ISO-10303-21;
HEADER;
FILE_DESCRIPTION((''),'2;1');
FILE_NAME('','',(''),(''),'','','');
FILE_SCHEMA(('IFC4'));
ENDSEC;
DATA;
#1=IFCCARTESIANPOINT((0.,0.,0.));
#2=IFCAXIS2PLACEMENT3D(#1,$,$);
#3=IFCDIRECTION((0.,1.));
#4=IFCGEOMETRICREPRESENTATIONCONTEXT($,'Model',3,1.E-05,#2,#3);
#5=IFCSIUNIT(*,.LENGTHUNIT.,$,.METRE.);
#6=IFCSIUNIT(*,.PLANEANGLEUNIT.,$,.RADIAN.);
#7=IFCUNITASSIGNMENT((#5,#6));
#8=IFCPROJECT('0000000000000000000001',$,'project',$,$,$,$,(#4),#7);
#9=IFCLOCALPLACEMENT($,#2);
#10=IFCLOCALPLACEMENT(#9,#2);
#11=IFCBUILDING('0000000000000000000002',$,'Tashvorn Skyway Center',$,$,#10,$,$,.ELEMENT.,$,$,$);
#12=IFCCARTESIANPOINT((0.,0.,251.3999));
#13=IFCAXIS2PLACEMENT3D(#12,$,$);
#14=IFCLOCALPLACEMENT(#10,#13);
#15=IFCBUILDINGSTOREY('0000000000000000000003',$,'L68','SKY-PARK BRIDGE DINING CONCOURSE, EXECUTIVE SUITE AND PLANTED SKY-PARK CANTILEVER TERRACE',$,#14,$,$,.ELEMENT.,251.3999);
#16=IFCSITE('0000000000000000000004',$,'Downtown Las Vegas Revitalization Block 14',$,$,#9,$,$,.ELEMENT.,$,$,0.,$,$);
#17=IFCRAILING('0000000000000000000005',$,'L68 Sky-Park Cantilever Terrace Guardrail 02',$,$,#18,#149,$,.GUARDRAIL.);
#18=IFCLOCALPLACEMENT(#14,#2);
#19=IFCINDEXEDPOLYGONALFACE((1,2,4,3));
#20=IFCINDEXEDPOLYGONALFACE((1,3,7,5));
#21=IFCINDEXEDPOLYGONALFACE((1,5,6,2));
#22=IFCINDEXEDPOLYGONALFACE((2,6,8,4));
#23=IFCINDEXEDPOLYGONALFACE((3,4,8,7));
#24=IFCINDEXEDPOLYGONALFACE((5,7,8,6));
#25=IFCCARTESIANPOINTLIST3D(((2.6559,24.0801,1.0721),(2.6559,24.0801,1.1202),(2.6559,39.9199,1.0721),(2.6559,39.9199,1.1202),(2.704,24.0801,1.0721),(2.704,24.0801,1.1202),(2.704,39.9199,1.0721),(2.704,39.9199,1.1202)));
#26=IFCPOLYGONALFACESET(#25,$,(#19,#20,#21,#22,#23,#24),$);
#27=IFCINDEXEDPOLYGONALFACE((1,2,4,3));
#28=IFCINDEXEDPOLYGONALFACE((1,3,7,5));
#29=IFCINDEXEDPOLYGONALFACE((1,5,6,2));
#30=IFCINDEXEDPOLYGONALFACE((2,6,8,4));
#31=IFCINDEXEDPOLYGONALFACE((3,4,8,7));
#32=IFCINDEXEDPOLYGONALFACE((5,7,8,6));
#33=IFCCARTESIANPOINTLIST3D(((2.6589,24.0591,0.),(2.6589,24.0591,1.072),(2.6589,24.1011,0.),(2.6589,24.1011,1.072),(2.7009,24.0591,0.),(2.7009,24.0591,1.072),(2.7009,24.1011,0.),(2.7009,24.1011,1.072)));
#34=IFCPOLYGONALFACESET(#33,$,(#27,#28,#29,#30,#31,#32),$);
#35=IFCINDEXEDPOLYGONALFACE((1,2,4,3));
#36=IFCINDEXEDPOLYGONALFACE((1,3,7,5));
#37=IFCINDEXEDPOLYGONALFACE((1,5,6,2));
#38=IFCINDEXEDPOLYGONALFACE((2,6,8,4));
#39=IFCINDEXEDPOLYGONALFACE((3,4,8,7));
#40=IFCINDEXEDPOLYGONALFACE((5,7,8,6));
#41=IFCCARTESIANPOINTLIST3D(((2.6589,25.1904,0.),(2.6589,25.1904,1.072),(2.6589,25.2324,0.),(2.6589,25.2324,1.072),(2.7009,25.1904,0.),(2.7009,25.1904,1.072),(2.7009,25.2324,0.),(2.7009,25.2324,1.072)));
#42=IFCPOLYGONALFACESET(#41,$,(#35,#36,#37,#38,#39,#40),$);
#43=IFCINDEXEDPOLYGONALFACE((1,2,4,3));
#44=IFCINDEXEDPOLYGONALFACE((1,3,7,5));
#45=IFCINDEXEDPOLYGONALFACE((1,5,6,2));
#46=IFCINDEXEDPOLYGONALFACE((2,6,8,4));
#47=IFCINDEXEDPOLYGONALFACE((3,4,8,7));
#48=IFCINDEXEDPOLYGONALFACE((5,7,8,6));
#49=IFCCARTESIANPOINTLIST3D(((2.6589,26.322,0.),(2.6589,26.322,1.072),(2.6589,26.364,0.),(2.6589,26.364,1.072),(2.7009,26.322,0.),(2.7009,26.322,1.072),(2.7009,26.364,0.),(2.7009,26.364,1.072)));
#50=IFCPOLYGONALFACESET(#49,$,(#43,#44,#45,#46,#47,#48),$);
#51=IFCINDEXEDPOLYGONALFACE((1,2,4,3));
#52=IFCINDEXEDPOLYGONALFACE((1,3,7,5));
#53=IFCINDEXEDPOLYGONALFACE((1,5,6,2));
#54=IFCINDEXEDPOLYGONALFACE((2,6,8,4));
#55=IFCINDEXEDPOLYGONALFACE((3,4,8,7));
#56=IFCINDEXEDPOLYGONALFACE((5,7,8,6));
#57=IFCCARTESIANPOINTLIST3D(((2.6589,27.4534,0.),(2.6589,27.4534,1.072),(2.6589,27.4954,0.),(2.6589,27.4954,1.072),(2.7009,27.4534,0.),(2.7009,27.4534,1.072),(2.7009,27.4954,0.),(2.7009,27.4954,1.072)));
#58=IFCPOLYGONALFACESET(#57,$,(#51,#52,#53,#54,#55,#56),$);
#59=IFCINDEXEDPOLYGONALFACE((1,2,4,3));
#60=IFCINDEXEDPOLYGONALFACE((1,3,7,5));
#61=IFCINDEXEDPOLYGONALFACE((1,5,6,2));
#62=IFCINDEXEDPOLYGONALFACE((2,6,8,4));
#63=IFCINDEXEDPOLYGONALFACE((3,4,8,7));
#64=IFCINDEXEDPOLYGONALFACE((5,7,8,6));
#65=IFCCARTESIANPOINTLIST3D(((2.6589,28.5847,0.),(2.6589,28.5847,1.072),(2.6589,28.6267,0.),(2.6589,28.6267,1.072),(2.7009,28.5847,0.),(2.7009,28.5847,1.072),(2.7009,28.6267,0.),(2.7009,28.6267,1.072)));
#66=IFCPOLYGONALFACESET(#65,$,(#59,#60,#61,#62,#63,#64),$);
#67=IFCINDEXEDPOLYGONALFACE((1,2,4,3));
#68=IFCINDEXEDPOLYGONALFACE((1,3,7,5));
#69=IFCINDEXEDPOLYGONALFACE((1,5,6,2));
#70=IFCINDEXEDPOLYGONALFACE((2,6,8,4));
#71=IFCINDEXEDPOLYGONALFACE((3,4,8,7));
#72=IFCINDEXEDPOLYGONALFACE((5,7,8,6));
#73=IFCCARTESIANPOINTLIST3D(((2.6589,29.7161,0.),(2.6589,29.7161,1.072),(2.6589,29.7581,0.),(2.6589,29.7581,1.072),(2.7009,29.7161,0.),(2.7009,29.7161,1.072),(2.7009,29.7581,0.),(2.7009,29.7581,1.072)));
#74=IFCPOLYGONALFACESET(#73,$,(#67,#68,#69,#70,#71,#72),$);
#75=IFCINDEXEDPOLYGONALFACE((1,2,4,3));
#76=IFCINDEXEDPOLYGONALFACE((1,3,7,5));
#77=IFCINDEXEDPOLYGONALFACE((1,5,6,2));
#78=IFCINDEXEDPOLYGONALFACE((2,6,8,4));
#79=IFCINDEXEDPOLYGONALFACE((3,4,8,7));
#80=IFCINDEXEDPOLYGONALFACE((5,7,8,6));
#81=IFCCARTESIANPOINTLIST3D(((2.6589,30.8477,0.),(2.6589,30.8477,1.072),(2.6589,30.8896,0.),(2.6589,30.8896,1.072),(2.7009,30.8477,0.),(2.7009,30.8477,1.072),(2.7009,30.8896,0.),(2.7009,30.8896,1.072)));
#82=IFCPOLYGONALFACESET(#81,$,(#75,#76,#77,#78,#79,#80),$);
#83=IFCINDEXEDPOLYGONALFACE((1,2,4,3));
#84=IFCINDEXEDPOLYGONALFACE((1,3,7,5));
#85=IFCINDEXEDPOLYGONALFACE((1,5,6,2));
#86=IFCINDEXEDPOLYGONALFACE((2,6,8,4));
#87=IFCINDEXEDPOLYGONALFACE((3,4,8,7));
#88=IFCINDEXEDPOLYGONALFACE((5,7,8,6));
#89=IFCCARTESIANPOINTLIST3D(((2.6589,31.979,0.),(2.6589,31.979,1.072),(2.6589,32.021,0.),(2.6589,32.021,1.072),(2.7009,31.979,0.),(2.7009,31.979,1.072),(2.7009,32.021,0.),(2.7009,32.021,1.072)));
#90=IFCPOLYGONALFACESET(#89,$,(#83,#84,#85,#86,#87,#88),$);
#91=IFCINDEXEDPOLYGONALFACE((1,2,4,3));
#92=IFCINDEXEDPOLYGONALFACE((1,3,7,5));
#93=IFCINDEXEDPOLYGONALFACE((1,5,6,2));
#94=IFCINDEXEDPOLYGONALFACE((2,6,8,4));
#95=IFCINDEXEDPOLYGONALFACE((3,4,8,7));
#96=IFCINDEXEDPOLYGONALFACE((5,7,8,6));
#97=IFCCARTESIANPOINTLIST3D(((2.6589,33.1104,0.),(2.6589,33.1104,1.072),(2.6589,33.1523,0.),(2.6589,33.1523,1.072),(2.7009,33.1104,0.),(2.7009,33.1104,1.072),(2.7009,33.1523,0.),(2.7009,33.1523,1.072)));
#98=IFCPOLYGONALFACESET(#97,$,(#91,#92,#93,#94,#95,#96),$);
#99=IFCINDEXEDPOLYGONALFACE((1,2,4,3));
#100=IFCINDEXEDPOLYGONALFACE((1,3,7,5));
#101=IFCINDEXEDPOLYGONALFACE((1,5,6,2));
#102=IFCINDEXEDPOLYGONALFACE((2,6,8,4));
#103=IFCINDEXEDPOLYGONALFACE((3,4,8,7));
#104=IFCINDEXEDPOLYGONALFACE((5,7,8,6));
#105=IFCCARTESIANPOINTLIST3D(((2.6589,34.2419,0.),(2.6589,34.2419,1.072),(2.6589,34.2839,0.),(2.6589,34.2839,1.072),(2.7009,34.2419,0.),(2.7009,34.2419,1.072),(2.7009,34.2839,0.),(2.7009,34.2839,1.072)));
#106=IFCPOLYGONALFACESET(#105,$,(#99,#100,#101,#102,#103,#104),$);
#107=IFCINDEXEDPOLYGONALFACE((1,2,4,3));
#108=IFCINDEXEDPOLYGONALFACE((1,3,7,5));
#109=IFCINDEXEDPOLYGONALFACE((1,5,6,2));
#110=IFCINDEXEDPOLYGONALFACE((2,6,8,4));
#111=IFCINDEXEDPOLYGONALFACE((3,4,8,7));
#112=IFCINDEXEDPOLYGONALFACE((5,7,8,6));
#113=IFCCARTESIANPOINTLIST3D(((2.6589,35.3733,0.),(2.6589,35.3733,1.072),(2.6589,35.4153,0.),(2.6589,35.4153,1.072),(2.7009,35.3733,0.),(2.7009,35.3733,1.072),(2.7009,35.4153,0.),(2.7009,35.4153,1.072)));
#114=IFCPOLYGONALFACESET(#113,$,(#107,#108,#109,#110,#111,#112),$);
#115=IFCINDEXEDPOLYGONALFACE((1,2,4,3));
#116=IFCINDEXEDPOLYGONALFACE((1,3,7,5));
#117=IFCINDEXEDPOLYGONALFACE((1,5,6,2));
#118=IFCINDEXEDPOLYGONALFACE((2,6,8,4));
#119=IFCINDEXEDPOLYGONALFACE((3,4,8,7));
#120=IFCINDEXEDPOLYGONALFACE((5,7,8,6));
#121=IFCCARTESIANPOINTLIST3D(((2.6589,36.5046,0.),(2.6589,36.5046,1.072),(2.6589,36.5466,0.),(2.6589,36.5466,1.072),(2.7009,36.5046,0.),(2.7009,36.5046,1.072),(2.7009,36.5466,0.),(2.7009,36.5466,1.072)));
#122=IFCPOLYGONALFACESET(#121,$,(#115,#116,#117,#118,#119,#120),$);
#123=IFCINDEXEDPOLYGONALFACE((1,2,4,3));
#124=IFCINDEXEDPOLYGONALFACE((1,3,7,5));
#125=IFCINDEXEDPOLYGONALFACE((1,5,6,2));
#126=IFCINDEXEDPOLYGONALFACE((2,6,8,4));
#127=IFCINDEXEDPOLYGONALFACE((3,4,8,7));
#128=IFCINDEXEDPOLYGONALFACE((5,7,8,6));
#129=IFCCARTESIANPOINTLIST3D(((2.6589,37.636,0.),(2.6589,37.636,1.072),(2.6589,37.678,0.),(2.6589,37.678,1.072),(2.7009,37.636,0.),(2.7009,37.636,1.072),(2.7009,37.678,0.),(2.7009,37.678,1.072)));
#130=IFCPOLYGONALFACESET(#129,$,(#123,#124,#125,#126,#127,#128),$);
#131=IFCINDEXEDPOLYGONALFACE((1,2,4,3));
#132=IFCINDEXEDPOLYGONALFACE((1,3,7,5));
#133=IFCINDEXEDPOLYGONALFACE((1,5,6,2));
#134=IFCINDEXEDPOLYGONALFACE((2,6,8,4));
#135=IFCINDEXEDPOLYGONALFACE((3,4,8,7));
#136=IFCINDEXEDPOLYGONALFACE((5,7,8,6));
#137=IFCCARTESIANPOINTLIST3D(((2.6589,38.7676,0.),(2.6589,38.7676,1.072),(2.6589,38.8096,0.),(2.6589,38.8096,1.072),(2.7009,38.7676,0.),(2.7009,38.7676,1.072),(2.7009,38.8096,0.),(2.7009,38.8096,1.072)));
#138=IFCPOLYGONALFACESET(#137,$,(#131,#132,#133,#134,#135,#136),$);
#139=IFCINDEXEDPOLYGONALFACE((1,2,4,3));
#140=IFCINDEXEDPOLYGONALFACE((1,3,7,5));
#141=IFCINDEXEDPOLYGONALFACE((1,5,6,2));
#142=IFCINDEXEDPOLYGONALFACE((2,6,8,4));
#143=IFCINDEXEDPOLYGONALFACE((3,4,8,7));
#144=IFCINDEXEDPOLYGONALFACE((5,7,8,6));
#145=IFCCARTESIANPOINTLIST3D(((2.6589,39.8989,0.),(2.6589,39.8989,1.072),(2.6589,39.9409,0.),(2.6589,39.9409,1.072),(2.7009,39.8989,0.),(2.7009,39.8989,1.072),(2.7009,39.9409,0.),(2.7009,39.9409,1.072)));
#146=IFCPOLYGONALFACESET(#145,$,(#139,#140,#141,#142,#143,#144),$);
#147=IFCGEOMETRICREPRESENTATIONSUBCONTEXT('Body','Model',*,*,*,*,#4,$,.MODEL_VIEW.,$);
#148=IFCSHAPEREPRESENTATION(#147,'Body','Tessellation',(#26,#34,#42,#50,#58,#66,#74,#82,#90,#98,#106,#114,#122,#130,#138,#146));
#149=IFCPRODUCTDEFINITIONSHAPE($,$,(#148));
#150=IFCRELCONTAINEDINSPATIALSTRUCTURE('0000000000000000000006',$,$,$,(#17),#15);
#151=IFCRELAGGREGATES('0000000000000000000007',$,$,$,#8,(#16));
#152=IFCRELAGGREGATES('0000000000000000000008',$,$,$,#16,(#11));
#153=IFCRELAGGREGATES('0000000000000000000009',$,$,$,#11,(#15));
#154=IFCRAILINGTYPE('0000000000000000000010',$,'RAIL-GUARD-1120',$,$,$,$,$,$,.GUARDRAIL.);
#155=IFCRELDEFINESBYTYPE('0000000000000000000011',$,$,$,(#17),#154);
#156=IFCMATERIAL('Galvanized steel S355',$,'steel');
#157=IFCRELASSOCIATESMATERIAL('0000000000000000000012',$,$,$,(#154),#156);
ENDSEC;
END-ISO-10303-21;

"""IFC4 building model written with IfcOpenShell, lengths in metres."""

from ifc_helpers import new_model, si_unit, direction, frame, origin, origin_2d, place, context, subcontext, project, spatial, rectangle, extrude, material, type_object, element, save


model = new_model("IFC4")

# Units and contexts
model_context = context("Model", 3, precision=1e-05, world=origin(), true_north=direction((0.0, 1.0)))
body_context = subcontext(model_context, "Body", "Model", "MODEL_VIEW")
ifc_project = project(units=[si_unit("LENGTHUNIT", "METRE"), si_unit("PLANEANGLEUNIT", "RADIAN")], contexts=[model_context])

# Site, building, storey
site_placement = place(None, origin())
site = spatial("IfcSite", under=ifc_project, at=site_placement, Name="Downtown Las Vegas Revitalization Block 14", CompositionType="ELEMENT", RefElevation=0.0)
building_placement = place(site_placement, origin())
building = spatial("IfcBuilding", under=site, at=building_placement, Name="Tashvorn Skyway Center", CompositionType="ELEMENT")
storey_placement = place(building_placement, frame((0.0, 0.0, 251.3999)))
storey = spatial("IfcBuildingStorey", under=building, at=storey_placement, Name="L68", Description="SKY-PARK BRIDGE DINING CONCOURSE, EXECUTIVE SUITE AND PLANTED SKY-PARK CANTILEVER TERRACE", CompositionType="ELEMENT", Elevation=251.3999)

# Railing
ifc_material_1 = material(Name="Galvanized steel S355", Category="steel")
railing_type = type_object("IfcRailingType", Name="RAIL-GUARD-1120", PredefinedType="GUARDRAIL", material=ifc_material_1)
railing_1_placement = place(storey_placement, frame((2.6799, 24.0801, 0.0)))
element("IfcRailing", 1, at=railing_1_placement, inside=storey, type_object=railing_type, Name="L68 Sky-Park Cantilever Terrace Guardrail 02", PredefinedType="GUARDRAIL", context=body_context, shape_type="SweptSolid", body=[
    extrude(rectangle(XDim=0.0481, YDim=0.0481, at=origin_2d()), frame((0.0, 0.0, 1.0962), z_axis=(0.0, 1.0, 0.0), x_axis=(-1.0, 0.0, 0.0)), (0.0, 0.0, 1.0), 15.8398),
    extrude(rectangle(XDim=0.042, YDim=0.042, at=origin_2d()), origin(), (0.0, 0.0, 1.0), 1.072),
    extrude(rectangle(XDim=0.042, YDim=0.042, at=origin_2d()), frame((0.0, 1.1313, 0.0)), (0.0, 0.0, 1.0), 1.072),
    extrude(rectangle(XDim=0.042, YDim=0.042, at=origin_2d()), frame((0.0, 2.2629, 0.0)), (0.0, 0.0, 1.0), 1.072),
    extrude(rectangle(XDim=0.042, YDim=0.042, at=origin_2d()), frame((0.0, 3.3943, 0.0)), (0.0, 0.0, 1.0), 1.072),
    extrude(rectangle(XDim=0.042, YDim=0.042, at=origin_2d()), frame((0.0, 4.5256, 0.0)), (0.0, 0.0, 1.0), 1.072),
    extrude(rectangle(XDim=0.042, YDim=0.042, at=origin_2d()), frame((0.0, 5.657, 0.0)), (0.0, 0.0, 1.0), 1.072),
    extrude(rectangle(XDim=0.042, YDim=0.042, at=origin_2d()), frame((0.0, 6.7886, 0.0)), (0.0, 0.0, 1.0), 1.072),
    extrude(rectangle(XDim=0.042, YDim=0.042, at=origin_2d()), frame((0.0, 7.9199, 0.0)), (0.0, 0.0, 1.0), 1.072),
    extrude(rectangle(XDim=0.042, YDim=0.042, at=origin_2d()), frame((0.0, 9.0513, 0.0)), (0.0, 0.0, 1.0), 1.072),
    extrude(rectangle(XDim=0.042, YDim=0.042, at=origin_2d()), frame((0.0, 10.1829, 0.0)), (0.0, 0.0, 1.0), 1.072),
    extrude(rectangle(XDim=0.042, YDim=0.042, at=origin_2d()), frame((0.0, 11.3142, 0.0)), (0.0, 0.0, 1.0), 1.072),
    extrude(rectangle(XDim=0.042, YDim=0.042, at=origin_2d()), frame((0.0, 12.4456, 0.0)), (0.0, 0.0, 1.0), 1.072),
    extrude(rectangle(XDim=0.042, YDim=0.042, at=origin_2d()), frame((0.0, 13.5769, 0.0)), (0.0, 0.0, 1.0), 1.072),
    extrude(rectangle(XDim=0.042, YDim=0.042, at=origin_2d()), frame((0.0, 14.7085, 0.0)), (0.0, 0.0, 1.0), 1.072),
    extrude(rectangle(XDim=0.042, YDim=0.042, at=origin_2d()), frame((0.0, 15.8398, 0.0)), (0.0, 0.0, 1.0), 1.072),
])

save(model, "model.ifc")
